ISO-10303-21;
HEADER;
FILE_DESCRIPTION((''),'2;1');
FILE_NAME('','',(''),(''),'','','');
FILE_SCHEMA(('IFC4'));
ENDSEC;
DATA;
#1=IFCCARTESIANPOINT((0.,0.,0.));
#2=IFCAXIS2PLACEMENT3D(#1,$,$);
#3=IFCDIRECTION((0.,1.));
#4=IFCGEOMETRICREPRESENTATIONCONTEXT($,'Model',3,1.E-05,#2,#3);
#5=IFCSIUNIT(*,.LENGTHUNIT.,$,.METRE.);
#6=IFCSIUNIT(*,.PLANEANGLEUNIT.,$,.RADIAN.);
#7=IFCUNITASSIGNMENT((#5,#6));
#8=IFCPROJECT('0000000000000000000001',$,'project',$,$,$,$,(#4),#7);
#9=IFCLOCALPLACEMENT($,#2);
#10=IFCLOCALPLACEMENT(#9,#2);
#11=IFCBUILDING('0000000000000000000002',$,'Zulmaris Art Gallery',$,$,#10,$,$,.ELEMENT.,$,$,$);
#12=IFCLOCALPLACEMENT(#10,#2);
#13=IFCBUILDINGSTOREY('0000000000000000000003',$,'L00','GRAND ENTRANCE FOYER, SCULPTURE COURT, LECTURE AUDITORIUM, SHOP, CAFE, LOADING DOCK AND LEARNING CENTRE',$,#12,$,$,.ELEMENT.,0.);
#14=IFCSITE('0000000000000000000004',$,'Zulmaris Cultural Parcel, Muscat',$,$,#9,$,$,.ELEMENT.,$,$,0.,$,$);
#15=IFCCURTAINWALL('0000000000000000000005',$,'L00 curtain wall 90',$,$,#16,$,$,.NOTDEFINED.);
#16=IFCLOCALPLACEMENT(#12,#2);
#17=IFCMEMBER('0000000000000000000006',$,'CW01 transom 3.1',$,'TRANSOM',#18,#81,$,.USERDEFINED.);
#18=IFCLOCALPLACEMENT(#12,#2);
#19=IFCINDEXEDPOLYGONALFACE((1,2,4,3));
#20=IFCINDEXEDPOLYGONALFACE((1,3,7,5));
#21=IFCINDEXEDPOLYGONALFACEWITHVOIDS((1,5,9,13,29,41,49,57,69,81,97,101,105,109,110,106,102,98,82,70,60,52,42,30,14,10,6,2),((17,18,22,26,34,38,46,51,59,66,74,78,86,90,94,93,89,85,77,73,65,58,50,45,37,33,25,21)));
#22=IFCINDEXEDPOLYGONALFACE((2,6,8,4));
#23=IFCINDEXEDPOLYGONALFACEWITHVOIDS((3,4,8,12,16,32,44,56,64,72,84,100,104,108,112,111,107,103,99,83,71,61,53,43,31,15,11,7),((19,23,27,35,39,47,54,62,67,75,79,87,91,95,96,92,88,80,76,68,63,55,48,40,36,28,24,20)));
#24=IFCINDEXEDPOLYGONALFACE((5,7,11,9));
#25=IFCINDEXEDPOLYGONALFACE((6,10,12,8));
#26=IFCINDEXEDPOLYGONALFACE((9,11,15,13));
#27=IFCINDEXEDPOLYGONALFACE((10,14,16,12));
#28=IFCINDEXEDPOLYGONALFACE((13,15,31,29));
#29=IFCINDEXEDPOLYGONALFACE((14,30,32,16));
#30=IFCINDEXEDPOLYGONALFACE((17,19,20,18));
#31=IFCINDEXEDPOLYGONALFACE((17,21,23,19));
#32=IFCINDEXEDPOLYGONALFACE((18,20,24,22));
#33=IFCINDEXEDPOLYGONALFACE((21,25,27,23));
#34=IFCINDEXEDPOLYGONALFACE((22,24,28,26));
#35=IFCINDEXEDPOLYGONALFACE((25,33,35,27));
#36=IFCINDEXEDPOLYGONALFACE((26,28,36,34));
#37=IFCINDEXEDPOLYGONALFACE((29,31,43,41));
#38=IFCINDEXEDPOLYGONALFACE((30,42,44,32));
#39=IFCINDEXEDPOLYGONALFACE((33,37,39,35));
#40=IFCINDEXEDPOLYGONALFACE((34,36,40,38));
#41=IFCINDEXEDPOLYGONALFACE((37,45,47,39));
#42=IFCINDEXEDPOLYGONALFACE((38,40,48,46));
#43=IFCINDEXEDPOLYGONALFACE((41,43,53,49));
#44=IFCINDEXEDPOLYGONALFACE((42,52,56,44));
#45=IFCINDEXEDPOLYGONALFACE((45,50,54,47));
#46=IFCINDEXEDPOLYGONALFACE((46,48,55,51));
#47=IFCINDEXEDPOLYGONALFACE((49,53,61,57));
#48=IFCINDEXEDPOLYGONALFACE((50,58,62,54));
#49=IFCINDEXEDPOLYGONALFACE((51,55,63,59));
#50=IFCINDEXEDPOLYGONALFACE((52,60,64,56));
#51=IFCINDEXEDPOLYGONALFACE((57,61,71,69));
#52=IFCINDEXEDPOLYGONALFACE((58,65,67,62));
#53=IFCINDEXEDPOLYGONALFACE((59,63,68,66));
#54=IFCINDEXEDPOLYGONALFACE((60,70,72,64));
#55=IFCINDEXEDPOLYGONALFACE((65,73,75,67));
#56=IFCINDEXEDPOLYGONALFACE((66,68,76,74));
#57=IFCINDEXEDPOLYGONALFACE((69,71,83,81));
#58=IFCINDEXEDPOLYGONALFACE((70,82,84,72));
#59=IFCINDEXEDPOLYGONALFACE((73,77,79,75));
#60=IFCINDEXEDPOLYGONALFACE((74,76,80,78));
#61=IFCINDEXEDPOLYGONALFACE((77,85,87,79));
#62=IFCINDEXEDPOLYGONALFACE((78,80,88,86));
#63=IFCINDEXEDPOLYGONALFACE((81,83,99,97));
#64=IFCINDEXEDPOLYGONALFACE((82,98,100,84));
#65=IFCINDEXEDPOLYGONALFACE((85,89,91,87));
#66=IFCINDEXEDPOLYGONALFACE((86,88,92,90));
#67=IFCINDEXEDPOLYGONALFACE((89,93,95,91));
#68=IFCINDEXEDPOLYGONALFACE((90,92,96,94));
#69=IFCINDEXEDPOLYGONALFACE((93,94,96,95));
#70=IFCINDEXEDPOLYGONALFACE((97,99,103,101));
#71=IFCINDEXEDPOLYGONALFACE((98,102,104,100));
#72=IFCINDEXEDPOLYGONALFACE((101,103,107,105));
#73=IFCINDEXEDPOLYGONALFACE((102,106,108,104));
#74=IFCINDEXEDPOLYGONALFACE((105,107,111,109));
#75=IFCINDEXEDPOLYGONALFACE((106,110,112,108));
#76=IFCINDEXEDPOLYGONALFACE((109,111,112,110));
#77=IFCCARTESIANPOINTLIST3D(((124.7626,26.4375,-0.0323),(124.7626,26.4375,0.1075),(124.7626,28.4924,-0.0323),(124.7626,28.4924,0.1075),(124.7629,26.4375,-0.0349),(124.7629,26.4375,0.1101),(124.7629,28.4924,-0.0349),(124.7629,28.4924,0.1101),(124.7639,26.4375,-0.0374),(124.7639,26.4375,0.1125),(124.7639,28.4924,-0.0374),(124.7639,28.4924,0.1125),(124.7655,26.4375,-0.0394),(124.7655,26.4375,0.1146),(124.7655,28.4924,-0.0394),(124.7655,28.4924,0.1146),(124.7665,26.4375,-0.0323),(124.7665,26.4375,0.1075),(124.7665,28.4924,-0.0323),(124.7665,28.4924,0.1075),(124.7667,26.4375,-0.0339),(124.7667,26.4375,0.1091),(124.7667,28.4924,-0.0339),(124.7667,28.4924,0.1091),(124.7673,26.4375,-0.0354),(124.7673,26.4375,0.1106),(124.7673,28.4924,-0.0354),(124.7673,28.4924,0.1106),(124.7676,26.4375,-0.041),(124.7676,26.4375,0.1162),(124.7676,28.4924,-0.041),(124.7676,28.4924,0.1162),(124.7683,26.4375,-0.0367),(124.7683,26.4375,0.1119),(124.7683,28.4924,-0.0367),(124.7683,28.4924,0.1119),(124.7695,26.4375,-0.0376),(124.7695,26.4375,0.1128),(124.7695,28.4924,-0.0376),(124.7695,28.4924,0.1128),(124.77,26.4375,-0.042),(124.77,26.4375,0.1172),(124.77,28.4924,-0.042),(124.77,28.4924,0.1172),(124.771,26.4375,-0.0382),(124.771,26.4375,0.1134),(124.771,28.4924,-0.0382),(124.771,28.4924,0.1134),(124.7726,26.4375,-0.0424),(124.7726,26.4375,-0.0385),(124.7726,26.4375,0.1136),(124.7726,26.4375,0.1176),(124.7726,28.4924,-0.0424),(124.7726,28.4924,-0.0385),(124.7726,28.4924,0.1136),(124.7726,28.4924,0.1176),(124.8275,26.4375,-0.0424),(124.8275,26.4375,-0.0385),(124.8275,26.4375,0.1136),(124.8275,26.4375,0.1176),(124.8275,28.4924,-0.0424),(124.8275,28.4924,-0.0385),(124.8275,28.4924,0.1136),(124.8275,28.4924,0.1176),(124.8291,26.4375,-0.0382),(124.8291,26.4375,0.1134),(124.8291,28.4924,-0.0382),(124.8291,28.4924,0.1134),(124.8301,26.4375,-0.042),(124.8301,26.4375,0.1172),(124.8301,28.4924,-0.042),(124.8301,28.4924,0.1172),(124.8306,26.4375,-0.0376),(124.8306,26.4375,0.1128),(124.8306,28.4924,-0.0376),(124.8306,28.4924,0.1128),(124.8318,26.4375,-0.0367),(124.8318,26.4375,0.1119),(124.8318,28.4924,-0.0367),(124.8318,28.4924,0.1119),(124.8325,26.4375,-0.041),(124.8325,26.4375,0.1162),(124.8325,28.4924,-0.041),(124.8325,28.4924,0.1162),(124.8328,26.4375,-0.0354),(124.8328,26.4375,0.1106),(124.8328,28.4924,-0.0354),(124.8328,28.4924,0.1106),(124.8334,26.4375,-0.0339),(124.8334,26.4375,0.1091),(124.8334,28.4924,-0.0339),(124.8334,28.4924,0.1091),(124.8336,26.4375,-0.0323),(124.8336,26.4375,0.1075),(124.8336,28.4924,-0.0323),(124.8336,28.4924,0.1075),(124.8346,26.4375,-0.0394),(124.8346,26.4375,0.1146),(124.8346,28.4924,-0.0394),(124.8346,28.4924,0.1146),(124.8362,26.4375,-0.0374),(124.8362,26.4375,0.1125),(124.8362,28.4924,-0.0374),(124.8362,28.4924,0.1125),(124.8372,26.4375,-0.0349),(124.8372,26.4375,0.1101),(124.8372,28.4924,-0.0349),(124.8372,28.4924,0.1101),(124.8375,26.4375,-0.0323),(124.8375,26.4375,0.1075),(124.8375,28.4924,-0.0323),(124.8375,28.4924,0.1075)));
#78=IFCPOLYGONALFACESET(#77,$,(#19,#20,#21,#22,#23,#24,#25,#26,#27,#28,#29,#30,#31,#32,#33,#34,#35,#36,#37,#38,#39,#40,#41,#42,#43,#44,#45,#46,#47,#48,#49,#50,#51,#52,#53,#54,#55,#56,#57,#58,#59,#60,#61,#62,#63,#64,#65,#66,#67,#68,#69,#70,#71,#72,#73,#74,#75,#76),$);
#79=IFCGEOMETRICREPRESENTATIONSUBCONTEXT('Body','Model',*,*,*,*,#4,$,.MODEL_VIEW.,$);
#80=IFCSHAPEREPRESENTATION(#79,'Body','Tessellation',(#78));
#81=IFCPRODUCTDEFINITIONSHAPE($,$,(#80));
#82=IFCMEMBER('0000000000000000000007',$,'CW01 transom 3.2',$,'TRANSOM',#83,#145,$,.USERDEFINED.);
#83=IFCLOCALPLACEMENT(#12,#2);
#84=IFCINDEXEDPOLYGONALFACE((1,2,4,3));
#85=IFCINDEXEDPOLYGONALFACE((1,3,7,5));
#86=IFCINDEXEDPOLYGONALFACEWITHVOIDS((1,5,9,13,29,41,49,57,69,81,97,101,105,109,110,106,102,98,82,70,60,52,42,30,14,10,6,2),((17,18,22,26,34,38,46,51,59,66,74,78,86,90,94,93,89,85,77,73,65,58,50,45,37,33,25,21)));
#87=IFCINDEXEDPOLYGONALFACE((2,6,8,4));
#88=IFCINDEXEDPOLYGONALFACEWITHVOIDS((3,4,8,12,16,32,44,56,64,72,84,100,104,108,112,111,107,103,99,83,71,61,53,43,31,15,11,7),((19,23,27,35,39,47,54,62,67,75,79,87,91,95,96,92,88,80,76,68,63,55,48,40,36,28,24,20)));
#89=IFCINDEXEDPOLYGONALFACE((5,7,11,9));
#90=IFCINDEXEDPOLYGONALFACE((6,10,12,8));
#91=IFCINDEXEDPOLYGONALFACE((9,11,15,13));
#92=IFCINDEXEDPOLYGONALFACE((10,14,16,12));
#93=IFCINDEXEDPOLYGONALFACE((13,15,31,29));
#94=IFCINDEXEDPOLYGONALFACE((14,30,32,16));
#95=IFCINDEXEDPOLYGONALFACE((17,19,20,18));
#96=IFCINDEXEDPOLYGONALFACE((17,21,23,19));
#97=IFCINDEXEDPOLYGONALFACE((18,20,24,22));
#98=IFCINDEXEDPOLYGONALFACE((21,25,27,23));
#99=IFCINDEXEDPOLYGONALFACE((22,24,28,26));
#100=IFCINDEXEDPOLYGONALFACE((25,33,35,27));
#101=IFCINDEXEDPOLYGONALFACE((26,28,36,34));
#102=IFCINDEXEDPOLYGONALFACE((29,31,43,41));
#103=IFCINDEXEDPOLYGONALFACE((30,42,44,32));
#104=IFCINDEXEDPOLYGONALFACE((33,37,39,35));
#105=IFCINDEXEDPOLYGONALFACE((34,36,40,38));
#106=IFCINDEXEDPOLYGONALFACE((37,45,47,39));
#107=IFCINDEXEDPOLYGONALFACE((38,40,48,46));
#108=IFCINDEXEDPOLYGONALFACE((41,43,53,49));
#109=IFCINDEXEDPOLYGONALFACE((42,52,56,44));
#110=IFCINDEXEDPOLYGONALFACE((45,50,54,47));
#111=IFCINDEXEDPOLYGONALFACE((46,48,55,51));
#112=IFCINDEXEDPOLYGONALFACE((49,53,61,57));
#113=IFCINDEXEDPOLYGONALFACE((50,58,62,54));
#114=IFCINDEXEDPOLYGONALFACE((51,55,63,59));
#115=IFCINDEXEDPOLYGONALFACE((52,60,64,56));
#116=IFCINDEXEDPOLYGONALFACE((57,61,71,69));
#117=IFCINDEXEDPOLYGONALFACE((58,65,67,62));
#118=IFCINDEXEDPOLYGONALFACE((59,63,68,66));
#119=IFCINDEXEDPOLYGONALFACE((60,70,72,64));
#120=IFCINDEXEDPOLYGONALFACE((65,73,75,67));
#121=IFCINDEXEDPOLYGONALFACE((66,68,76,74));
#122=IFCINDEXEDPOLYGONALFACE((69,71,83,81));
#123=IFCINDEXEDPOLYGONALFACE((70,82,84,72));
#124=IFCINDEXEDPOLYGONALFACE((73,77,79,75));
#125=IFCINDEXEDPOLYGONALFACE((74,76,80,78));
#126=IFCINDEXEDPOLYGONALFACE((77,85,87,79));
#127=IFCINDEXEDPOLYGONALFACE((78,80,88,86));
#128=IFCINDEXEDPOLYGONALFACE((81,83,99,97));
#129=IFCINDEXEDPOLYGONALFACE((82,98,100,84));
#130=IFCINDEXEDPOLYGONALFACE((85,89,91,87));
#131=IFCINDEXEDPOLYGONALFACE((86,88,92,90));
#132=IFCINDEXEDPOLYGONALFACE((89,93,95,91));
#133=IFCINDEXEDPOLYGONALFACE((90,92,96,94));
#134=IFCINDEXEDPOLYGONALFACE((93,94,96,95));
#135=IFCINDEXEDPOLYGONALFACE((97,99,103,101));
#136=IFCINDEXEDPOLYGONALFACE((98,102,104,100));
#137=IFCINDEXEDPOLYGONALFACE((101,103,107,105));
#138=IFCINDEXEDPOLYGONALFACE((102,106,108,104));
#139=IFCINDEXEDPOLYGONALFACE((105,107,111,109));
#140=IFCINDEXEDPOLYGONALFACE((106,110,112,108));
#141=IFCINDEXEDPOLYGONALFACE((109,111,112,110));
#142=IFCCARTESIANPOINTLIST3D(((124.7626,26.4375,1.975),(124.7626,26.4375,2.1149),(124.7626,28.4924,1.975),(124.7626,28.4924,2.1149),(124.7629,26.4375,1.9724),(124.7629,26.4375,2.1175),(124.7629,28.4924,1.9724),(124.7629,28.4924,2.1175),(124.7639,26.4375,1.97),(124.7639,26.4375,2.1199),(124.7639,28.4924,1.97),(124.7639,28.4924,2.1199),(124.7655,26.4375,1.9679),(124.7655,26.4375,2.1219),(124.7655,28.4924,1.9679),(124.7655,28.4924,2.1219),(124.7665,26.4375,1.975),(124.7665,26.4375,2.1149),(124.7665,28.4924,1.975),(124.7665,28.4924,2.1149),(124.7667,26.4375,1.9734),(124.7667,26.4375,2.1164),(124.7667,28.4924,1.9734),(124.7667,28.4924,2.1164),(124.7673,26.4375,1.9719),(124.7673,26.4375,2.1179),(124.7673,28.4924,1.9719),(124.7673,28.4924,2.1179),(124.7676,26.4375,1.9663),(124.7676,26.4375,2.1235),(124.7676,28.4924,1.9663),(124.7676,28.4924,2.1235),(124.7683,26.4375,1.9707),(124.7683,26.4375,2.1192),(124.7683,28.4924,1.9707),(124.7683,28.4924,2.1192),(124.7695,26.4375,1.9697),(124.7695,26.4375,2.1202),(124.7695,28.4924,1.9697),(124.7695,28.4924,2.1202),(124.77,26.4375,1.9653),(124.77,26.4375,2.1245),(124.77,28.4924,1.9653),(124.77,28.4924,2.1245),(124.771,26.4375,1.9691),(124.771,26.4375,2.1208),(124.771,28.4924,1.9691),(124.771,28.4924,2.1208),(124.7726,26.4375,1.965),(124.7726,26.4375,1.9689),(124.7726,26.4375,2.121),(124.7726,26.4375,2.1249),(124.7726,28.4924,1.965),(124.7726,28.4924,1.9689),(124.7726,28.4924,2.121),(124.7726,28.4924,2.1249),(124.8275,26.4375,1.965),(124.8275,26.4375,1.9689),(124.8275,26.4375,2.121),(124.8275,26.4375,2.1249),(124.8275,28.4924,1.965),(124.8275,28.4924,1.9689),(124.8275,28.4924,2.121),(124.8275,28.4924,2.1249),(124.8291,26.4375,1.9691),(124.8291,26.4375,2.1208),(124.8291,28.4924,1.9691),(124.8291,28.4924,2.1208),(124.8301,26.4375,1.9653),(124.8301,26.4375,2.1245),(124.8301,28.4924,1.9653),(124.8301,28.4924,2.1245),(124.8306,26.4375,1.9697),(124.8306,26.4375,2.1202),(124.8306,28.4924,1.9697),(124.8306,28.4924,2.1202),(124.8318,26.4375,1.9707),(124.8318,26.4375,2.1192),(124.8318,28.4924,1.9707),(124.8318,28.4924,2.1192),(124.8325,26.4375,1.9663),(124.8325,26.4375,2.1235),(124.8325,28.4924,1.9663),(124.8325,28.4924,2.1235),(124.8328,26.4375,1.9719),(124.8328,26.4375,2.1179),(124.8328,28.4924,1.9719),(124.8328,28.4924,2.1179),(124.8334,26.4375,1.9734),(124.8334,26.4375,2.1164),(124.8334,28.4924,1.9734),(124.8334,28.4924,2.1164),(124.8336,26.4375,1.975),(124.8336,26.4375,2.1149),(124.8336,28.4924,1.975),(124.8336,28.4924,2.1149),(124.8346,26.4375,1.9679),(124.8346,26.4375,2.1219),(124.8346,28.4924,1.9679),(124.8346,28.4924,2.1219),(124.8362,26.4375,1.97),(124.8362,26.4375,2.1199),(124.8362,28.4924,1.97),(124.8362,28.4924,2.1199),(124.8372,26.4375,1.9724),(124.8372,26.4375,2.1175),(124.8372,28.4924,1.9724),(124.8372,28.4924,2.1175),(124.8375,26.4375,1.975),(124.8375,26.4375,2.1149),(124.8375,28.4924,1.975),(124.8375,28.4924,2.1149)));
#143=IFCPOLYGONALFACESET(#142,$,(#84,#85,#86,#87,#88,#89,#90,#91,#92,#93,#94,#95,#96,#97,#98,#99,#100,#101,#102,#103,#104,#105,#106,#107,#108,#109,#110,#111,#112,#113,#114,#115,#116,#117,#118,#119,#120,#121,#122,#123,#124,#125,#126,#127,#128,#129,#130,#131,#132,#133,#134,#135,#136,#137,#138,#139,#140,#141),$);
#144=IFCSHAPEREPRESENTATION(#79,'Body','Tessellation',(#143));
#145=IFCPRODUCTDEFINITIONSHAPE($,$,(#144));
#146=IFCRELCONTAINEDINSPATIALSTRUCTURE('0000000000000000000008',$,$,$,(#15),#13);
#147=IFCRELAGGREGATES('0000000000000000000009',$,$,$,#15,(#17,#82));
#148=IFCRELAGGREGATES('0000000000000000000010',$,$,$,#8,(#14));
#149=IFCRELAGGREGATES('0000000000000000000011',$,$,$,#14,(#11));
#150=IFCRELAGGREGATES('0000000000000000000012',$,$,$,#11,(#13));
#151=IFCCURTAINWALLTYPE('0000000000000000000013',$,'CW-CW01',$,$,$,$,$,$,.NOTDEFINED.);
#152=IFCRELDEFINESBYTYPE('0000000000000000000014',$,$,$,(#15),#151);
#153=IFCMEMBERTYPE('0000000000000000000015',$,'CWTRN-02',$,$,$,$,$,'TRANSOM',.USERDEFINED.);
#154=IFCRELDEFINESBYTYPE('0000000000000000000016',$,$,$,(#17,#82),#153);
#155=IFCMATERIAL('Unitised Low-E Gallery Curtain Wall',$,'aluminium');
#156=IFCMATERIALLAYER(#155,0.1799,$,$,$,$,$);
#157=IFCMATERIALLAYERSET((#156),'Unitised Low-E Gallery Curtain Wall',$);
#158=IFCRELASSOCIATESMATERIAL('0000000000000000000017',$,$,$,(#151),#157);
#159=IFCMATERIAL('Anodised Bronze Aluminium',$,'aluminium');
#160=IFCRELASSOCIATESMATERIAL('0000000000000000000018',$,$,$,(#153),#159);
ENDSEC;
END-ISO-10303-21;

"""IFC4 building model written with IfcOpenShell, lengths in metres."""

from ifc_helpers import new_model, si_unit, direction, frame, origin, origin_2d, place, context, subcontext, project, spatial, hollow_rectangle, extrude, material, layer, layer_set, material_profile, profile_set, type_object, element, aggregate, save


model = new_model("IFC4")

# Units and contexts
model_context = context("Model", 3, precision=1e-05, world=origin(), true_north=direction((0.0, 1.0)))
body_context = subcontext(model_context, "Body", "Model", "MODEL_VIEW")
ifc_project = project(units=[si_unit("LENGTHUNIT", "METRE"), si_unit("PLANEANGLEUNIT", "RADIAN")], contexts=[model_context])

# Site, building, storey
site_placement = place(None, origin())
site = spatial("IfcSite", under=ifc_project, at=site_placement, Name="Zulmaris Cultural Parcel, Muscat", CompositionType="ELEMENT", RefElevation=0.0)
building_placement = place(site_placement, origin())
building = spatial("IfcBuilding", under=site, at=building_placement, Name="Zulmaris Art Gallery", CompositionType="ELEMENT")
storey_placement = place(building_placement, origin())
storey = spatial("IfcBuildingStorey", under=building, at=storey_placement, Name="L00", Description="GRAND ENTRANCE FOYER, SCULPTURE COURT, LECTURE AUDITORIUM, SHOP, CAFE, LOADING DOCK AND LEARNING CENTRE", CompositionType="ELEMENT", Elevation=0.0)

# Curtain wall
ifc_material_1 = material(Name="Unitised Low-E Gallery Curtain Wall", Category="aluminium")
ifc_layer_1 = layer(ifc_material_1, 0.1799)
ifc_layer_set_1 = layer_set([ifc_layer_1], Name="Unitised Low-E Gallery Curtain Wall")
curtain_wall_type_1 = type_object("IfcCurtainWallType", Name="CW-CW01", PredefinedType="NOTDEFINED", material=ifc_layer_set_1)
curtain_wall_1_placement = place(storey_placement, origin())
curtain_wall_1 = element("IfcCurtainWall", 1, at=curtain_wall_1_placement, inside=storey, type_object=curtain_wall_type_1, Name="L00 curtain wall 90", PredefinedType="NOTDEFINED")
ifc_material_2 = material(Name="Anodised Bronze Aluminium", Category="aluminium")

# Members
ifc_material_profile_1 = material_profile(ifc_material_2, hollow_rectangle(XDim=0.075, YDim=0.1599, WallThickness=0.0039, InnerFilletRadius=0.0061, OuterFilletRadius=0.01, at=origin_2d()), Name="ALU 75x160x4")
ifc_profile_set_1 = profile_set([ifc_material_profile_1], Name="Anodised Bronze Aluminium")
member_type_1 = type_object("IfcMemberType", Name="CWTRN-02", ElementType="TRANSOM", PredefinedType="USERDEFINED", material=ifc_profile_set_1)
member_1_placement = place(storey_placement, frame((124.8, 26.4375, 0.0376), z_axis=(0.0, 1.0, 0.0), x_axis=(-1.0, 0.0, 0.0)))
member_1 = element("IfcMember", 2, at=member_1_placement, type_object=member_type_1, Name="CW01 transom 3.1", ObjectType="TRANSOM", PredefinedType="USERDEFINED", context=body_context, shape_type="SweptSolid", body=[
    extrude(hollow_rectangle(XDim=0.075, YDim=0.1599, WallThickness=0.0039, InnerFilletRadius=0.0061, OuterFilletRadius=0.01, at=origin_2d()), origin(), (0.0, 0.0, 1.0), 2.0549),
])
member_2_placement = place(storey_placement, frame((124.8, 26.4375, 2.0449), z_axis=(0.0, 1.0, 0.0), x_axis=(-1.0, 0.0, 0.0)))
member_2 = element("IfcMember", 3, at=member_2_placement, type_object=member_type_1, Name="CW01 transom 3.2", ObjectType="TRANSOM", PredefinedType="USERDEFINED", context=body_context, shape_type="SweptSolid", body=[
    extrude(hollow_rectangle(XDim=0.075, YDim=0.1599, WallThickness=0.0039, InnerFilletRadius=0.0061, OuterFilletRadius=0.01, at=origin_2d()), origin(), (0.0, 0.0, 1.0), 2.0549),
])

aggregate(curtain_wall_1, [member_1, member_2])

save(model, "model.ifc")
